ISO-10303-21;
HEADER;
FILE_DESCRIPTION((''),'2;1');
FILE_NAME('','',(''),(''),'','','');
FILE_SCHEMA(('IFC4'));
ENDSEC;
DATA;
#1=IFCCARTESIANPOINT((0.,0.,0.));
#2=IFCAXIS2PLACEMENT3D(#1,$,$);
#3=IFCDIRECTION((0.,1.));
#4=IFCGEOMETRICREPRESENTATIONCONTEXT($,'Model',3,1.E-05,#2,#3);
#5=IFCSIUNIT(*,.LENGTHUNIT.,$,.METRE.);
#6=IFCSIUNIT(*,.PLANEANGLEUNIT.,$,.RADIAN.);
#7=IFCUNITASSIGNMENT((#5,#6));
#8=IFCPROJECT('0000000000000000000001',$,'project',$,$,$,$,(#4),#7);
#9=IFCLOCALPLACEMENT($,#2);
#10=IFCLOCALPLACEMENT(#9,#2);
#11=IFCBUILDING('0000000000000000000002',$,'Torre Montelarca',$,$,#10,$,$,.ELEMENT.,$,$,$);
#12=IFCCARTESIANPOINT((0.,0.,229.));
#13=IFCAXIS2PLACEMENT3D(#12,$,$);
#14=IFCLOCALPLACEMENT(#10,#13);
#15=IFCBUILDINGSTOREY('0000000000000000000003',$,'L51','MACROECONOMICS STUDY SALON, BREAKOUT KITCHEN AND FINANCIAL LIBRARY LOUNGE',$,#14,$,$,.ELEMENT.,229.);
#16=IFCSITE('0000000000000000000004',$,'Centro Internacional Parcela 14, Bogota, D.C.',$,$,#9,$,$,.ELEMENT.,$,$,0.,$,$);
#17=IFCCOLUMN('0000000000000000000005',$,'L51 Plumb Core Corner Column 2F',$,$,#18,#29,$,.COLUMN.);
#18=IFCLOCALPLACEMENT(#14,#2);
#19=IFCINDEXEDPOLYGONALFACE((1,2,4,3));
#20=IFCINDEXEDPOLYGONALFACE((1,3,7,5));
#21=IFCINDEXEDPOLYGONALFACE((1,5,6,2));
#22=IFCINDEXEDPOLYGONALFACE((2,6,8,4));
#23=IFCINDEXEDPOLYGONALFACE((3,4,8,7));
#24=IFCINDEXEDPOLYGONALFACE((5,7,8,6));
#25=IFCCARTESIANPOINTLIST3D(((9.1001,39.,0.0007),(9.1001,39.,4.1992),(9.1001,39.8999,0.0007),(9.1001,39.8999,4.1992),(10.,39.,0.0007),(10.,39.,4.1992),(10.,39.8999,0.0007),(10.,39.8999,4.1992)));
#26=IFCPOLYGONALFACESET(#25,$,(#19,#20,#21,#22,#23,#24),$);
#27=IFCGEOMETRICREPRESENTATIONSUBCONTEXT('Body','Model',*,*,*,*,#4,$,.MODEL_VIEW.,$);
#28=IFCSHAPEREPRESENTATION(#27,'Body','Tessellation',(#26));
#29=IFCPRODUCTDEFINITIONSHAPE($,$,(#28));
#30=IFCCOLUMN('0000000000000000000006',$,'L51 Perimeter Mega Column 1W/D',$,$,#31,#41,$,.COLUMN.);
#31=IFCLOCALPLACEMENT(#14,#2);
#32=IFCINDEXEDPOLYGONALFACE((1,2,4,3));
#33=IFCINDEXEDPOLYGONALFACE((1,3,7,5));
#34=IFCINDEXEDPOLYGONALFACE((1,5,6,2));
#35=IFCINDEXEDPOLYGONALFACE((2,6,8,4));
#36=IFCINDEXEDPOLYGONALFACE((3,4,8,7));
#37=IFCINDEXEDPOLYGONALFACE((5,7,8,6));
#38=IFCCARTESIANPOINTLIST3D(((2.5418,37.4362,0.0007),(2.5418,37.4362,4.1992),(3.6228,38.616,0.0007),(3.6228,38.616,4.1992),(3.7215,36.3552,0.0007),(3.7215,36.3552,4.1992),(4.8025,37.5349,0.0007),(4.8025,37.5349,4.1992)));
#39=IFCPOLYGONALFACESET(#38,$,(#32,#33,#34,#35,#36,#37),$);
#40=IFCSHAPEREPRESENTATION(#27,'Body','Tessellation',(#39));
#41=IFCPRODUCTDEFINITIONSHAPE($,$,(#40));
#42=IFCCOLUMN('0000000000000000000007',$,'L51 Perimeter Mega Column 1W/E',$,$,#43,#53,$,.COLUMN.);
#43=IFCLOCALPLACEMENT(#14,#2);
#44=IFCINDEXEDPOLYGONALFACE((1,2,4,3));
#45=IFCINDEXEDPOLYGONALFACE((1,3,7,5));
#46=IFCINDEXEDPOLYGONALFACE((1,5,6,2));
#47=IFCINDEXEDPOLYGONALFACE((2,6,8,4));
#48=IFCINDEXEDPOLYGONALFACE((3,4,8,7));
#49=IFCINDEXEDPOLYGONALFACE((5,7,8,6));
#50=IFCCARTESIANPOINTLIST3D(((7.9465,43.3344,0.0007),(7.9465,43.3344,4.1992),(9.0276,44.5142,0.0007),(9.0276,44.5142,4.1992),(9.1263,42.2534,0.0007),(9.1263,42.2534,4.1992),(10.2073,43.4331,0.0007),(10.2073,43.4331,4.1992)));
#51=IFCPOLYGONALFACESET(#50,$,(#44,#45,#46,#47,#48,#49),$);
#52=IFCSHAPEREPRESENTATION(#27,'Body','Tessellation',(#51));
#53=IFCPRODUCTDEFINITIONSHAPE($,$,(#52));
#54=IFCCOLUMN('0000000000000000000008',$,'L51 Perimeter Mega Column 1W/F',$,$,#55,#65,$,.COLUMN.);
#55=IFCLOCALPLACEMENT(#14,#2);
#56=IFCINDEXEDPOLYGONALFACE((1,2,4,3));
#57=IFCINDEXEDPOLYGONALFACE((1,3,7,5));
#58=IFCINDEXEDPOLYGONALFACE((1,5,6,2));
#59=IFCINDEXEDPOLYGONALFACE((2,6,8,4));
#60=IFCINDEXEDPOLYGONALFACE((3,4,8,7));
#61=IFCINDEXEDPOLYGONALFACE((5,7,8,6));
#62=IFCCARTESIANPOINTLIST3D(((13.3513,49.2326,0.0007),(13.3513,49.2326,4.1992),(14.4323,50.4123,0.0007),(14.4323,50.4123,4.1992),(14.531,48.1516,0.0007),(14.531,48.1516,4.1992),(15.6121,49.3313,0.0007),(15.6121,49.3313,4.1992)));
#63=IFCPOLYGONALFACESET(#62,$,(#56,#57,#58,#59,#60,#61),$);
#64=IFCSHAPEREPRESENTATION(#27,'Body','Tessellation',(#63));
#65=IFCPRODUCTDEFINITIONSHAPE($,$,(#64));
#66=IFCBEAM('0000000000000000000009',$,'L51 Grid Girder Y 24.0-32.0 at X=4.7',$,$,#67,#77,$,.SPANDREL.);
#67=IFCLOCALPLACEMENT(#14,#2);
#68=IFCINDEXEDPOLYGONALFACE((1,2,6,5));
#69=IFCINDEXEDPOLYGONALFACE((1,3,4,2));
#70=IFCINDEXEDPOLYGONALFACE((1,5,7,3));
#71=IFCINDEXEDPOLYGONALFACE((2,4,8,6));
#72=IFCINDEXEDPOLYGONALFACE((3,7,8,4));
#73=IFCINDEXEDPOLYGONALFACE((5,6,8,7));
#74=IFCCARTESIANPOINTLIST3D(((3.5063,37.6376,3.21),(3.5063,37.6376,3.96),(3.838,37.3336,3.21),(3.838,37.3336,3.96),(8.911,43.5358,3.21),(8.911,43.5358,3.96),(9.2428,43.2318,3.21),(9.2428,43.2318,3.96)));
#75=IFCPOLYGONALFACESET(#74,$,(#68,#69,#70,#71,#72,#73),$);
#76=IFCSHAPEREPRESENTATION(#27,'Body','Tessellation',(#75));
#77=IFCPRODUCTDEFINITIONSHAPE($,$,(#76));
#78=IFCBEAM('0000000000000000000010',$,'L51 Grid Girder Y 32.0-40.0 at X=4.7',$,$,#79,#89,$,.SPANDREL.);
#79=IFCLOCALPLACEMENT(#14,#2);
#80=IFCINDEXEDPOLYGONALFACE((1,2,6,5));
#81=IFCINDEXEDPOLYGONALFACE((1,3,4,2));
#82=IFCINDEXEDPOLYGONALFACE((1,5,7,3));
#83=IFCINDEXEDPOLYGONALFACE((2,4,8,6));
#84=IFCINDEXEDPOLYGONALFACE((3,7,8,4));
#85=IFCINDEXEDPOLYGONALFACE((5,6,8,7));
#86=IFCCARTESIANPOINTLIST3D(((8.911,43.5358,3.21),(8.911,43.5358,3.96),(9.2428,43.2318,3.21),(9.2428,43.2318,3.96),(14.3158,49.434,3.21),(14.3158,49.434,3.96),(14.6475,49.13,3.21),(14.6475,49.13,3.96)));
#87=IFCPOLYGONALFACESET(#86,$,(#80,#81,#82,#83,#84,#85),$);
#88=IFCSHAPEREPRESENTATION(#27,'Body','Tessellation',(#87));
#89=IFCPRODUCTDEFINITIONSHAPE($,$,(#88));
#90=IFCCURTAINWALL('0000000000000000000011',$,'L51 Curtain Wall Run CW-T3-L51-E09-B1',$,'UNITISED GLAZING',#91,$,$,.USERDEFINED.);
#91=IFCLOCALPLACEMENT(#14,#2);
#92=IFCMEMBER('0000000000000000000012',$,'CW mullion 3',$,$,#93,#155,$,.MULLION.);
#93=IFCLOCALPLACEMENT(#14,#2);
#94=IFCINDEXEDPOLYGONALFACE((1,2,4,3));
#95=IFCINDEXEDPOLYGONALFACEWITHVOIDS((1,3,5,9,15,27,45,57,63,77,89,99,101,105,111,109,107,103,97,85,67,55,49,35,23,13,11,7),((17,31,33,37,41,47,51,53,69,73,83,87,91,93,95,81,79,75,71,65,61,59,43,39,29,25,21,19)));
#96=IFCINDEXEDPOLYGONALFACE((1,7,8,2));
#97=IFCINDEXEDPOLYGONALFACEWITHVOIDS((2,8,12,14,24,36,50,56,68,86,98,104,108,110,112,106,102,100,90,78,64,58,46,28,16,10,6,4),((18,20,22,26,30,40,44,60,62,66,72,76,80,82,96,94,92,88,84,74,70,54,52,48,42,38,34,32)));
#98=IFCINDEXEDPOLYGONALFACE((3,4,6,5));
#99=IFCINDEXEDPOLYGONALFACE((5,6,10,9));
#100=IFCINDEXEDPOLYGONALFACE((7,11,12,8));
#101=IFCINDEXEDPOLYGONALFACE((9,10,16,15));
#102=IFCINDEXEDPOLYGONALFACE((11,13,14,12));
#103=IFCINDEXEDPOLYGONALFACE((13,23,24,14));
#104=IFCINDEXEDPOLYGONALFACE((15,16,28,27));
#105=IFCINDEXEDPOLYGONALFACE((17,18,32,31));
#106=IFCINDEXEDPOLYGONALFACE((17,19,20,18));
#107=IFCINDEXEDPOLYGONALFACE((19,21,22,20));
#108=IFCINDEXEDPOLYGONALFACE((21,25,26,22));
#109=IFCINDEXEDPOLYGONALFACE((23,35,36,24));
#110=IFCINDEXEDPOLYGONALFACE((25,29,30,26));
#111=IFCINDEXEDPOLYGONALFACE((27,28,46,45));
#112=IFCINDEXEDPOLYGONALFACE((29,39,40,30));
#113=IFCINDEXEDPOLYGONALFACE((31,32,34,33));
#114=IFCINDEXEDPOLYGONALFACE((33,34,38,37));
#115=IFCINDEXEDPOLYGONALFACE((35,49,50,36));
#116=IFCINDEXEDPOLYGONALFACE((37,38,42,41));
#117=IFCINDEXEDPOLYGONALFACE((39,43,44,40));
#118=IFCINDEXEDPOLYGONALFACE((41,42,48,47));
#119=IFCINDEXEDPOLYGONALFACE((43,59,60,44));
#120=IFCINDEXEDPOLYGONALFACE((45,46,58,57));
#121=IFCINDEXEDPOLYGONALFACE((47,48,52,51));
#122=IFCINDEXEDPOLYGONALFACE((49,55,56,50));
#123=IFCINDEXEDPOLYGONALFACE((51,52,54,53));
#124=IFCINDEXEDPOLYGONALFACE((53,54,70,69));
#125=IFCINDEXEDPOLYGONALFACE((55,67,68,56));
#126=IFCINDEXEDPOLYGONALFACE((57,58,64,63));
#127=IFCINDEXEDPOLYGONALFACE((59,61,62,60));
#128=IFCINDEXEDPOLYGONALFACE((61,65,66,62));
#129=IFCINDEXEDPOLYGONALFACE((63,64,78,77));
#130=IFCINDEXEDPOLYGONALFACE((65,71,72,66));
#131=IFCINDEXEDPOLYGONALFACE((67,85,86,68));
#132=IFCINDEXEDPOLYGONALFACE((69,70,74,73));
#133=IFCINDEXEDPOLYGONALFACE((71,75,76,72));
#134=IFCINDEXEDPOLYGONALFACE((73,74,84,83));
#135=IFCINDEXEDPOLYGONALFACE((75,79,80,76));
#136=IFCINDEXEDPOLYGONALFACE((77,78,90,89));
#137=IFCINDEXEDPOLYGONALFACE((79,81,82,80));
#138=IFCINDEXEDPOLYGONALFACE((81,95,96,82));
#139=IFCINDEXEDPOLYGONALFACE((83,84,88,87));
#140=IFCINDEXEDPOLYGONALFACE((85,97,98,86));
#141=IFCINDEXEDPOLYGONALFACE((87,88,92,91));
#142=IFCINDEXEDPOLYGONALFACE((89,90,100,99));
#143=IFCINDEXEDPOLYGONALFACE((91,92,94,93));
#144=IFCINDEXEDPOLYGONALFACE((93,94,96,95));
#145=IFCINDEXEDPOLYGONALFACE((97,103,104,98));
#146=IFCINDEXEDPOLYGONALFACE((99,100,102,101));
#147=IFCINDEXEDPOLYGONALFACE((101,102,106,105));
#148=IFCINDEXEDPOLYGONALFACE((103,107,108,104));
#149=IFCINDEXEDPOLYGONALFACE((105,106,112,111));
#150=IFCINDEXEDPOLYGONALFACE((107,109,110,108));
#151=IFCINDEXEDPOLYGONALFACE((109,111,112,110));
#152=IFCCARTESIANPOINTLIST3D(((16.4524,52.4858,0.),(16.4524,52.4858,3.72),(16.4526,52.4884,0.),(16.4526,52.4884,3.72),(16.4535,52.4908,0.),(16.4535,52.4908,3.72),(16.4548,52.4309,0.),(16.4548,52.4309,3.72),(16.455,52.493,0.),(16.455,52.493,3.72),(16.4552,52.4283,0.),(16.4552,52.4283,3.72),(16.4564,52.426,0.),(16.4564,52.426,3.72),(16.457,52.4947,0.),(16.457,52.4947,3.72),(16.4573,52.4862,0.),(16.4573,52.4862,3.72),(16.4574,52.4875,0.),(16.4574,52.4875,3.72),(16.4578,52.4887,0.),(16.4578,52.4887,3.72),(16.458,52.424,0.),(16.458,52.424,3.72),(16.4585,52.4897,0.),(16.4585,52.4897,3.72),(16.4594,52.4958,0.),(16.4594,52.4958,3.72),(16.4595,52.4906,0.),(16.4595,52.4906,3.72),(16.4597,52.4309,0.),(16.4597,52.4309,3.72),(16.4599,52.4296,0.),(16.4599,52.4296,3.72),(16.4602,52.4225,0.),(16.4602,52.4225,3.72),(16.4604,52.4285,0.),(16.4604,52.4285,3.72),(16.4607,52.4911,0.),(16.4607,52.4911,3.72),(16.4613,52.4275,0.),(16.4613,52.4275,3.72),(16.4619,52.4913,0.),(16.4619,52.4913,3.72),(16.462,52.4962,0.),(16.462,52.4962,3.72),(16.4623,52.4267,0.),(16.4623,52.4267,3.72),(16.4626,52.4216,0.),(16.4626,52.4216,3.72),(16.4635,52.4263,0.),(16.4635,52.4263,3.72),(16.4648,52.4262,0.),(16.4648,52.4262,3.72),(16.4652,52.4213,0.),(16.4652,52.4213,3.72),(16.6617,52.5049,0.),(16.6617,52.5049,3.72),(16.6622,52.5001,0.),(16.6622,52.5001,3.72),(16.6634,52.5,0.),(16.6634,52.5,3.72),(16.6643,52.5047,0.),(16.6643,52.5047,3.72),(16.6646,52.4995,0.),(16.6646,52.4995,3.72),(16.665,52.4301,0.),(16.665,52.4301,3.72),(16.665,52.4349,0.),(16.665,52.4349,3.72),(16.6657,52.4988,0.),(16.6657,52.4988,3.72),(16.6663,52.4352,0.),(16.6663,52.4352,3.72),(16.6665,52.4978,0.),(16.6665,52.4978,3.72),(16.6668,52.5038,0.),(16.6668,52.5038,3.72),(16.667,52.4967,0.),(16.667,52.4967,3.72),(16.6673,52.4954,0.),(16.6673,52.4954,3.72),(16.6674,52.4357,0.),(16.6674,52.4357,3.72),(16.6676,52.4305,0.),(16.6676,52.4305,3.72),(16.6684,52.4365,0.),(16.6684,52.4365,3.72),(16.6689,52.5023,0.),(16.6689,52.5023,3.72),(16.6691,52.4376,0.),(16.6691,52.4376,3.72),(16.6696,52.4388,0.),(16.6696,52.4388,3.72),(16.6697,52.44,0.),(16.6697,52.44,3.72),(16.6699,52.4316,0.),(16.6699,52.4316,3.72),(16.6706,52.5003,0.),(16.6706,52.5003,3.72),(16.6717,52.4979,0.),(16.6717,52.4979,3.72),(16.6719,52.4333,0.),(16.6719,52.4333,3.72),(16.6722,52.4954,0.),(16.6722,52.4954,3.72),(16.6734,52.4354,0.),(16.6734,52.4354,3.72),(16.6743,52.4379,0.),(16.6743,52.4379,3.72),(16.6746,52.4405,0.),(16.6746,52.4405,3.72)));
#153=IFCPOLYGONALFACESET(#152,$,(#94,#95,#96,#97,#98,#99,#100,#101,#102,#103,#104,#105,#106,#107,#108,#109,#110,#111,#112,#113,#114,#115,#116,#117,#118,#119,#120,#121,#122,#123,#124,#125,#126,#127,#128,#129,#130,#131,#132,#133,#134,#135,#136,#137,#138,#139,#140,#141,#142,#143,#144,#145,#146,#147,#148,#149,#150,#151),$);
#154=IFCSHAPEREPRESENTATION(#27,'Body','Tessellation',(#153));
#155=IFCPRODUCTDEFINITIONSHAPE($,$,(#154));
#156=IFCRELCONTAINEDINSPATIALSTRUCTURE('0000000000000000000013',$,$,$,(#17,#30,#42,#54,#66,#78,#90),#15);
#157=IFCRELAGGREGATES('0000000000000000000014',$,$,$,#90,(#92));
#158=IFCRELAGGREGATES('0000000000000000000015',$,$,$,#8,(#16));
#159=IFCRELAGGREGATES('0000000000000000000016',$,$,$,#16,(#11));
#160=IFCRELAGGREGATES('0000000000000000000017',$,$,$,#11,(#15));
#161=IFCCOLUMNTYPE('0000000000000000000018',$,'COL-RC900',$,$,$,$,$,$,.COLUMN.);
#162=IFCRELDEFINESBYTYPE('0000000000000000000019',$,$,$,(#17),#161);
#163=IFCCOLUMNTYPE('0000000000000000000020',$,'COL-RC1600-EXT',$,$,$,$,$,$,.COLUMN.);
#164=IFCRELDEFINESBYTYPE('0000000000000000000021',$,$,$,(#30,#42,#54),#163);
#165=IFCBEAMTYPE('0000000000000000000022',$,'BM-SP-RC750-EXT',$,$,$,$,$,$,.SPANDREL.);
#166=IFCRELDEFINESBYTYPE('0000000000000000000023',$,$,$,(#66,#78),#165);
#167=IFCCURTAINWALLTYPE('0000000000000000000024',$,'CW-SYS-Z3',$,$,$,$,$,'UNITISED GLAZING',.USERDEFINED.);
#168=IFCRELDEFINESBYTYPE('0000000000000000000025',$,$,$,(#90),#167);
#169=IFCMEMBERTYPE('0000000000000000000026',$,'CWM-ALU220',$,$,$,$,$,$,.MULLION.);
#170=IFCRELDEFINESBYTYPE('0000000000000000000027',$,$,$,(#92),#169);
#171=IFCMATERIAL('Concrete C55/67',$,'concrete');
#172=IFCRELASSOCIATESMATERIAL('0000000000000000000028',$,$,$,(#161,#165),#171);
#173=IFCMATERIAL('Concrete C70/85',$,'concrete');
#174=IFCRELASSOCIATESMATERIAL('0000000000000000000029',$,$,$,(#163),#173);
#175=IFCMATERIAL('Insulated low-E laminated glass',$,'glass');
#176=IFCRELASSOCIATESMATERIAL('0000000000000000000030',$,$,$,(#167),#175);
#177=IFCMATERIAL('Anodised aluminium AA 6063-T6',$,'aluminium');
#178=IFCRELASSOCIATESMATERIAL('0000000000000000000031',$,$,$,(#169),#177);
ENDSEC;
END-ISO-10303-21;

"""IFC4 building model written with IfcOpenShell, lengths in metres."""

from ifc_helpers import new_model, si_unit, direction, frame, origin, origin_2d, place, context, subcontext, project, spatial, rectangle, hollow_rectangle, extrude, source, transform, mapped, material, material_profile, profile_set, type_object, element, aggregate, save


model = new_model("IFC4")

# Units and contexts
model_context = context("Model", 3, precision=1e-05, world=origin(), true_north=direction((0.0, 1.0)))
body_context = subcontext(model_context, "Body", "Model", "MODEL_VIEW")
ifc_project = project(units=[si_unit("LENGTHUNIT", "METRE"), si_unit("PLANEANGLEUNIT", "RADIAN")], contexts=[model_context])

# Site, building, storey
site_placement = place(None, origin())
site = spatial("IfcSite", under=ifc_project, at=site_placement, Name="Centro Internacional Parcela 14, Bogota, D.C.", CompositionType="ELEMENT", RefElevation=0.0)
building_placement = place(site_placement, origin())
building = spatial("IfcBuilding", under=site, at=building_placement, Name="Torre Montelarca", CompositionType="ELEMENT")
storey_placement = place(building_placement, frame((0.0, 0.0, 229.0)))
storey = spatial("IfcBuildingStorey", under=building, at=storey_placement, Name="L51", Description="MACROECONOMICS STUDY SALON, BREAKOUT KITCHEN AND FINANCIAL LIBRARY LOUNGE", CompositionType="ELEMENT", Elevation=229.0)

# Columns
ifc_material_1 = material(Name="Concrete C55/67", Category="concrete")
ifc_material_profile_1 = material_profile(ifc_material_1, rectangle(XDim=0.8999, YDim=0.8999, at=origin_2d()), Name="RC900X900", Category="concrete")
ifc_profile_set_1 = profile_set([ifc_material_profile_1], Name="Concrete C55/67")
column_type_1 = type_object("IfcColumnType", Name="COL-RC900", PredefinedType="COLUMN", material=ifc_profile_set_1)
shared_shape_1 = source(origin(), body_context, "Body", "SweptSolid", [
    extrude(rectangle(XDim=0.8999, YDim=0.8999, at=origin_2d()), origin(), (0.0, 0.0, 1.0), 4.1985),
])
column_placement = place(storey_placement, frame((9.55, 39.45, 0.0007), z_axis=(0.0, 0.0, 1.0), x_axis=(1.0, 0.0, 0.0)))
element("IfcColumn", 1, at=column_placement, inside=storey, type_object=column_type_1, Name="L51 Plumb Core Corner Column 2F", PredefinedType="COLUMN", context=body_context, shape_type="MappedRepresentation", body=[
    mapped(shared_shape_1, transform((0.0, 0.0, 0.0), scale=1.0)),
])
ifc_material_2 = material(Name="Concrete C70/85", Category="concrete")
ifc_material_profile_2 = material_profile(ifc_material_2, rectangle(XDim=1.6001, YDim=1.6001, at=origin_2d()), Name="RC1600X1600", Category="concrete")
ifc_profile_set_2 = profile_set([ifc_material_profile_2], Name="Concrete C70/85")
column_type_2 = type_object("IfcColumnType", Name="COL-RC1600-EXT", PredefinedType="COLUMN", material=ifc_profile_set_2)
shared_shape_2 = source(origin(), body_context, "Body", "SweptSolid", [
    extrude(rectangle(XDim=1.6001, YDim=1.6001, at=origin_2d()), origin(), (0.0, 0.0, 1.0), 4.1985),
])
for number, where, z_axis, x_axis, name in (
    (2, (3.6721, 37.4856, 0.0007), (0.0, 0.0, 1.0), (-0.737277, 0.67559, 0.0), "L51 Perimeter Mega Column 1W/D"),
    (3, (9.0769, 43.3838, 0.0007), (0.0, 0.0, 1.0), (-0.737277, 0.67559, 0.0), "L51 Perimeter Mega Column 1W/E"),
    (4, (14.4817, 49.282, 0.0007), (0.0, 0.0, 1.0), (-0.737277, 0.67559, 0.0), "L51 Perimeter Mega Column 1W/F"),
):
    element("IfcColumn", number, at=place(storey_placement, frame(where, z_axis=z_axis, x_axis=x_axis)), inside=storey, type_object=column_type_2, Name=name, PredefinedType="COLUMN", context=body_context, shape_type="MappedRepresentation", body=[
        mapped(shared_shape_2, transform((0.0, 0.0, 0.0), scale=1.0)),
    ])

# Beams
ifc_material_profile_3 = material_profile(ifc_material_1, rectangle(XDim=0.45, YDim=0.75, at=origin_2d()), Name="RCB450X750", Category="concrete")
ifc_profile_set_3 = profile_set([ifc_material_profile_3], Name="Concrete C55/67")
beam_type = type_object("IfcBeamType", Name="BM-SP-RC750-EXT", PredefinedType="SPANDREL", material=ifc_profile_set_3)
shared_shape_3 = source(origin(), body_context, "Body", "SweptSolid", [
    extrude(rectangle(XDim=0.45, YDim=0.75, at=origin_2d()), origin(), (0.0, 0.0, 1.0), 8.0),
])
for number, where, z_axis, x_axis, name in (
    (5, (3.6721, 37.4856, 3.585), (0.675596, 0.737272, 0.0), (-0.737272, 0.675596, 0.0), "L51 Grid Girder Y 24.0-32.0 at X=4.7"),
    (6, (9.0769, 43.3838, 3.585), (0.675596, 0.737272, 0.0), (-0.737272, 0.675596, 0.0), "L51 Grid Girder Y 32.0-40.0 at X=4.7"),
):
    element("IfcBeam", number, at=place(storey_placement, frame(where, z_axis=z_axis, x_axis=x_axis)), inside=storey, type_object=beam_type, Name=name, PredefinedType="SPANDREL", context=body_context, shape_type="MappedRepresentation", body=[
        mapped(shared_shape_3, transform((0.0, 0.0, 0.0), scale=1.0)),
    ])

# Curtain wall, member
ifc_material_3 = material(Name="Insulated low-E laminated glass", Category="glass")
curtain_wall_type = type_object("IfcCurtainWallType", Name="CW-SYS-Z3", ElementType="UNITISED GLAZING", PredefinedType="USERDEFINED", material=ifc_material_3)
curtain_wall_1_placement = place(storey_placement, origin())
curtain_wall_1 = element("IfcCurtainWall", 7, at=curtain_wall_1_placement, inside=storey, type_object=curtain_wall_type, Name="L51 Curtain Wall Run CW-T3-L51-E09-B1", ObjectType="UNITISED GLAZING", PredefinedType="USERDEFINED")
ifc_material_4 = material(Name="Anodised aluminium AA 6063-T6", Category="aluminium")
ifc_material_profile_4 = material_profile(ifc_material_4, hollow_rectangle(XDim=0.075, YDim=0.22, WallThickness=0.0049, InnerFilletRadius=0.0049, OuterFilletRadius=0.01, at=origin_2d()), Name="ALU75X220X5", Category="aluminium")
ifc_profile_set_4 = profile_set([ifc_material_profile_4], Name="Anodised aluminium AA 6063-T6")
member_type_1 = type_object("IfcMemberType", Name="CWM-ALU220", PredefinedType="MULLION", material=ifc_profile_set_4)
shared_shape_4 = source(origin(), body_context, "Body", "SweptSolid", [
    extrude(hollow_rectangle(XDim=0.075, YDim=0.22, WallThickness=0.0049, InnerFilletRadius=0.0049, OuterFilletRadius=0.01, at=origin_2d()), origin(), (0.0, 0.0, 1.0), 3.72),
])
member_1_placement = place(storey_placement, frame((16.5635, 52.4631, 0.0), z_axis=(0.0, 0.0, 1.0), x_axis=(0.043614, -0.999048, 0.0)))
member_1 = element("IfcMember", 8, at=member_1_placement, type_object=member_type_1, Name="CW mullion 3", PredefinedType="MULLION", context=body_context, shape_type="MappedRepresentation", body=[
    mapped(shared_shape_4, transform((0.0, 0.0, 0.0), scale=1.0)),
])

aggregate(curtain_wall_1, [member_1])

save(model, "model.ifc")
